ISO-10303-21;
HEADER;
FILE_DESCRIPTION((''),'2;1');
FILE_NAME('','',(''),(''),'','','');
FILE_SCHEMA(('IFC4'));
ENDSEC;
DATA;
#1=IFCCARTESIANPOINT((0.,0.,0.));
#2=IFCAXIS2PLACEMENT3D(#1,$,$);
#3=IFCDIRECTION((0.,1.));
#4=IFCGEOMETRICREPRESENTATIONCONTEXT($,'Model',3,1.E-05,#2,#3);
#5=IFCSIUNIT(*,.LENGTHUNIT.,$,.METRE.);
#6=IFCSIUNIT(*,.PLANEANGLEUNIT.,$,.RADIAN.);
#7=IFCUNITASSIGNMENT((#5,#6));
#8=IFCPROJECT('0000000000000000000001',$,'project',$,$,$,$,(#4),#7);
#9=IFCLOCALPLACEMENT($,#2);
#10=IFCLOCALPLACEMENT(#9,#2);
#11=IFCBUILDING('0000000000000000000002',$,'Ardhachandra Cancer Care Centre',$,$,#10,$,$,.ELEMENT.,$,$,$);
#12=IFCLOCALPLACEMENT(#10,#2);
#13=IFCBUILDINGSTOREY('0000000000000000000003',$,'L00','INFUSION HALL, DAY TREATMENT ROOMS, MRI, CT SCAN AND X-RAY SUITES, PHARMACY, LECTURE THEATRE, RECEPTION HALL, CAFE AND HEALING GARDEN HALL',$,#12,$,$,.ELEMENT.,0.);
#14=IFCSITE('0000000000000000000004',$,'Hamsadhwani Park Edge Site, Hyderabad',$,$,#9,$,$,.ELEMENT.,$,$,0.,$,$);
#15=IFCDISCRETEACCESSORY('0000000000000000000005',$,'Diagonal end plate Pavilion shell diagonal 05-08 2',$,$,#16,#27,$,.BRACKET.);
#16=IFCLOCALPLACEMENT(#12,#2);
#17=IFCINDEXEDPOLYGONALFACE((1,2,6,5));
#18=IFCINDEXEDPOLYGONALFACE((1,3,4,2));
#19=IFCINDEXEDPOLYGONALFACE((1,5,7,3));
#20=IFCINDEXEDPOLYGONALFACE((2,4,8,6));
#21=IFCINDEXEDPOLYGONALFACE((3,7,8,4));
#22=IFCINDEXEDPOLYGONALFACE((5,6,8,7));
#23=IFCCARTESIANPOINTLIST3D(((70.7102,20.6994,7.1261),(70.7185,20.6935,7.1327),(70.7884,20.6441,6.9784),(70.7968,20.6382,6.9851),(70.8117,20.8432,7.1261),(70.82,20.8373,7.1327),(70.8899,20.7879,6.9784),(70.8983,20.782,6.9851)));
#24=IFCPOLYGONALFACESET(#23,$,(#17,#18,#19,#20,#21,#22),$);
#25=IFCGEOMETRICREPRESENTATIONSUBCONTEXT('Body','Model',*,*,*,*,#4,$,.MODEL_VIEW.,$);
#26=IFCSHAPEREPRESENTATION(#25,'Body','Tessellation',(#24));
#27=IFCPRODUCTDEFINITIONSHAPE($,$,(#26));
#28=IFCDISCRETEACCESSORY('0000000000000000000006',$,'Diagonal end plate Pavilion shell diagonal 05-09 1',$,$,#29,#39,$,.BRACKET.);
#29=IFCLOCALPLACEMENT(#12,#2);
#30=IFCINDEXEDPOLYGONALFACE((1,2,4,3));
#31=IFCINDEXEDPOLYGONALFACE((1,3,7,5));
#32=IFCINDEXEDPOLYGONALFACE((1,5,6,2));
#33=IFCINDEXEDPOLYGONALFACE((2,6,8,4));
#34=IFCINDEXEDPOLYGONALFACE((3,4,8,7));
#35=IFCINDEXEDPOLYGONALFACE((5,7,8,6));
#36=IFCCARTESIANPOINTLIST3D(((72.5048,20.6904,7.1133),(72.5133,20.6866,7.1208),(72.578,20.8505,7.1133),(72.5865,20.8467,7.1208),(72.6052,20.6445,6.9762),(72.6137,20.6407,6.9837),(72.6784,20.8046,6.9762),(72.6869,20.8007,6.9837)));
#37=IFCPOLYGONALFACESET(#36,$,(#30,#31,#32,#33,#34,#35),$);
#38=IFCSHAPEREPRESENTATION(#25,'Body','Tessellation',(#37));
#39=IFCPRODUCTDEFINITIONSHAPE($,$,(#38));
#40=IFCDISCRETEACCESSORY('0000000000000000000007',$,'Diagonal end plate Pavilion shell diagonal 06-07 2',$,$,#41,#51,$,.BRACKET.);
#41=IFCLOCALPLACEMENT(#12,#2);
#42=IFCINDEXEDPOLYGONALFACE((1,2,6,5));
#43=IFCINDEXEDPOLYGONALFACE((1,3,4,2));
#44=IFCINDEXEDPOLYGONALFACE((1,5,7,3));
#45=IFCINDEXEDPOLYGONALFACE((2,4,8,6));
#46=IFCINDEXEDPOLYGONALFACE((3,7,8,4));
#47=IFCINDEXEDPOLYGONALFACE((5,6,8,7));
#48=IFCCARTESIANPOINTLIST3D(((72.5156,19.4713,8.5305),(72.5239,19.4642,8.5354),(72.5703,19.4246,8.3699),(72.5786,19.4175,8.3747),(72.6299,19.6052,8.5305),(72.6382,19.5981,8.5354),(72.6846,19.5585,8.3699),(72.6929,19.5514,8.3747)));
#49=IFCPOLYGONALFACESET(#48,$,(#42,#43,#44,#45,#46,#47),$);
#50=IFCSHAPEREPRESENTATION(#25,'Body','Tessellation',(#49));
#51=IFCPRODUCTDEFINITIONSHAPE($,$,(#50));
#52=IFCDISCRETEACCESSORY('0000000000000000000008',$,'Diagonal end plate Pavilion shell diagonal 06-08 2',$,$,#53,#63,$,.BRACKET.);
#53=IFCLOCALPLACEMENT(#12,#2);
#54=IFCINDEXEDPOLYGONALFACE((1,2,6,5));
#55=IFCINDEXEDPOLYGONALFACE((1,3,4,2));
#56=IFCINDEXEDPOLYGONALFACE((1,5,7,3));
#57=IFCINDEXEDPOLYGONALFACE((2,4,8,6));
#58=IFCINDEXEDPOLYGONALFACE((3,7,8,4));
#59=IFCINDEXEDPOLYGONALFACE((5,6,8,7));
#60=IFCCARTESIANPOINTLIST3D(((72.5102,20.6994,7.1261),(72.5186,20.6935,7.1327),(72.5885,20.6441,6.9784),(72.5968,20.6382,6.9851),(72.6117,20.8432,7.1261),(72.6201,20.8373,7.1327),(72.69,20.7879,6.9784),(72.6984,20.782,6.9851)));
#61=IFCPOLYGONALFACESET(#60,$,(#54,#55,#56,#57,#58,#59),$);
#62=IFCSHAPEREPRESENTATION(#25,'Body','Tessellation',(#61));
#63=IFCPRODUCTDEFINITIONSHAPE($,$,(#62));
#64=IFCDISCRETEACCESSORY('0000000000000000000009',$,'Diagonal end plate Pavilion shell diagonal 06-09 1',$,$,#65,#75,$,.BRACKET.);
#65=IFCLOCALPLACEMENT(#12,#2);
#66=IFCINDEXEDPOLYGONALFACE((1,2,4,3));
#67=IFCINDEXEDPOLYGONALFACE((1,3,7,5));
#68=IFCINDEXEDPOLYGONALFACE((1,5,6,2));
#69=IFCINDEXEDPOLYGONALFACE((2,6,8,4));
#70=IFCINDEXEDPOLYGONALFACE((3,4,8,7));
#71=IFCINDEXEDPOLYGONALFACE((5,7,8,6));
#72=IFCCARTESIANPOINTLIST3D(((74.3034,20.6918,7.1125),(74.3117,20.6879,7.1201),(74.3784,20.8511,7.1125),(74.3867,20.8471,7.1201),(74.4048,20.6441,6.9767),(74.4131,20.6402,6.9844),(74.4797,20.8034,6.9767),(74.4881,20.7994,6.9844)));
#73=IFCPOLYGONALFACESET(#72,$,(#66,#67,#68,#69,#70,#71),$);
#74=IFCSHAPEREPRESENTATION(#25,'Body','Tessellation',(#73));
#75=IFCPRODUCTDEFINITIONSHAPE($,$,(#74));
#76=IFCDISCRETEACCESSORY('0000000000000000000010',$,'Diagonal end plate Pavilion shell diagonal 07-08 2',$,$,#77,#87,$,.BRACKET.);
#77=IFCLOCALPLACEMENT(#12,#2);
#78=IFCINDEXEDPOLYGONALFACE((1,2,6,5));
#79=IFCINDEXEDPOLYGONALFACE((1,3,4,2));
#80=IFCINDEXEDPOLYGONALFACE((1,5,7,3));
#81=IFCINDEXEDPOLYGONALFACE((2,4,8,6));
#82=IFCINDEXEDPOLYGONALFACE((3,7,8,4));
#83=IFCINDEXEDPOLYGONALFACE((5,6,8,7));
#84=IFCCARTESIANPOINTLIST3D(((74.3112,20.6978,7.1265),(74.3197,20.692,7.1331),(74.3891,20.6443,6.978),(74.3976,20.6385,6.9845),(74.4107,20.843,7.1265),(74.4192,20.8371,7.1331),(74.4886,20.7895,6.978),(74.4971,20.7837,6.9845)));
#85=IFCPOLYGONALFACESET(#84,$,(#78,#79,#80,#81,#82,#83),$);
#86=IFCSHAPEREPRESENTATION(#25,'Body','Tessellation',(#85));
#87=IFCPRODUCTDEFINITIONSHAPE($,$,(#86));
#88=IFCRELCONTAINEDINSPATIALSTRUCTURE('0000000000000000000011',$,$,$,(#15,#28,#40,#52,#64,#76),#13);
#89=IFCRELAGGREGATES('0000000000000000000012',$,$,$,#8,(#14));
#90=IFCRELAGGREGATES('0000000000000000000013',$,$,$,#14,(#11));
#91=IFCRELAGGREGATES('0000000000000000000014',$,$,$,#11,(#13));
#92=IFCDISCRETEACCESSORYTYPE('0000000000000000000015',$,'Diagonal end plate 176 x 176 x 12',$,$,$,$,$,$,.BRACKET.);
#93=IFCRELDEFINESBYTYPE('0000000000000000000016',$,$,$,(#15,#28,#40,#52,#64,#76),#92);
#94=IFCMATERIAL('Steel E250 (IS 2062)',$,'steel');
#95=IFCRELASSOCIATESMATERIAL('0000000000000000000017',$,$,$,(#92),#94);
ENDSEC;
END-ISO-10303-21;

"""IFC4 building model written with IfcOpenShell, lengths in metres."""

from ifc_helpers import new_model, si_unit, direction, frame, origin, origin_2d, place, context, subcontext, project, spatial, rectangle, extrude, material, material_profile, profile_set, type_object, element, save


model = new_model("IFC4")

# Units and contexts
model_context = context("Model", 3, precision=1e-05, world=origin(), true_north=direction((0.0, 1.0)))
body_context = subcontext(model_context, "Body", "Model", "MODEL_VIEW")
ifc_project = project(units=[si_unit("LENGTHUNIT", "METRE"), si_unit("PLANEANGLEUNIT", "RADIAN")], contexts=[model_context])

# Site, building, storey
site_placement = place(None, origin())
site = spatial("IfcSite", under=ifc_project, at=site_placement, Name="Hamsadhwani Park Edge Site, Hyderabad", CompositionType="ELEMENT", RefElevation=0.0)
building_placement = place(site_placement, origin())
building = spatial("IfcBuilding", under=site, at=building_placement, Name="Ardhachandra Cancer Care Centre", CompositionType="ELEMENT")
storey_placement = place(building_placement, origin())
storey = spatial("IfcBuildingStorey", under=building, at=storey_placement, Name="L00", Description="INFUSION HALL, DAY TREATMENT ROOMS, MRI, CT SCAN AND X-RAY SUITES, PHARMACY, LECTURE THEATRE, RECEPTION HALL, CAFE AND HEALING GARDEN HALL", CompositionType="ELEMENT", Elevation=0.0)

# Discrete accessories
ifc_material_1 = material(Name="Steel E250 (IS 2062)", Category="steel")
ifc_material_profile_1 = material_profile(ifc_material_1, rectangle(XDim=0.176, YDim=0.176, at=origin_2d()), Name="PL 176x176x12")
ifc_profile_set_1 = profile_set([ifc_material_profile_1], Name="Steel E250 (IS 2062)")
discrete_accessory_type = type_object("IfcDiscreteAccessoryType", Name="Diagonal end plate 176 x 176 x 12", PredefinedType="BRACKET", material=ifc_profile_set_1)
for number, where, z_axis, x_axis, name in (
    (1, (70.8, 20.7437, 7.0522), (0.685367, -0.483788, 0.544262), (0.576683, 0.816968, 0.0), "Diagonal end plate Pavilion shell diagonal 05-08 2"),
):
    element("IfcDiscreteAccessory", number, at=place(storey_placement, frame(where, z_axis=z_axis, x_axis=x_axis)), inside=storey, type_object=discrete_accessory_type, Name=name, PredefinedType="BRACKET", context=body_context, shape_type="SweptSolid", body=[
        extrude(rectangle(XDim=0.176, YDim=0.176, at=origin_2d()), origin(), (0.0, 0.0, 1.0), 0.0122),
    ])
for number, where, z_axis, x_axis, name in (
    (2, (72.6001, 20.7437, 7.0522), (-0.708264, 0.323778, -0.62732), (-0.41576, -0.909474, 0.0), "Diagonal end plate Pavilion shell diagonal 05-09 1"),
    (3, (72.6001, 19.5149, 8.4502), (0.694456, -0.59233, 0.408504), (0.648947, 0.760834, 0.0), "Diagonal end plate Pavilion shell diagonal 06-07 2"),
):
    element("IfcDiscreteAccessory", number, at=place(storey_placement, frame(where, z_axis=z_axis, x_axis=x_axis)), inside=storey, type_object=discrete_accessory_type, Name=name, PredefinedType="BRACKET", context=body_context, shape_type="SweptSolid", body=[
        extrude(rectangle(XDim=0.176, YDim=0.176, at=origin_2d()), origin(), (0.0, 0.0, 1.0), 0.012),
    ])
discrete_accessory_1_placement = place(storey_placement, frame((72.6001, 20.7437, 7.0522), z_axis=(0.685367, -0.483788, 0.544262), x_axis=(0.576683, 0.816968, 0.0)))
element("IfcDiscreteAccessory", 4, at=discrete_accessory_1_placement, inside=storey, type_object=discrete_accessory_type, Name="Diagonal end plate Pavilion shell diagonal 06-08 2", PredefinedType="BRACKET", context=body_context, shape_type="SweptSolid", body=[
    extrude(rectangle(XDim=0.176, YDim=0.176, at=origin_2d()), origin(), (0.0, 0.0, 1.0), 0.0122),
])
discrete_accessory_2_placement = place(storey_placement, frame((74.3999, 20.7437, 7.0522), z_axis=(-0.697959, 0.328451, -0.636375), x_axis=(-0.425797, -0.904819, 0.0)))
element("IfcDiscreteAccessory", 5, at=discrete_accessory_2_placement, inside=storey, type_object=discrete_accessory_type, Name="Diagonal end plate Pavilion shell diagonal 06-09 1", PredefinedType="BRACKET", context=body_context, shape_type="SweptSolid", body=[
    extrude(rectangle(XDim=0.176, YDim=0.176, at=origin_2d()), origin(), (0.0, 0.0, 1.0), 0.012),
])
discrete_accessory_3_placement = place(storey_placement, frame((74.3999, 20.7437, 7.0522), z_axis=(0.695837, -0.477146, 0.536789), x_axis=(0.565528, 0.824729, 0.0)))
element("IfcDiscreteAccessory", 6, at=discrete_accessory_3_placement, inside=storey, type_object=discrete_accessory_type, Name="Diagonal end plate Pavilion shell diagonal 07-08 2", PredefinedType="BRACKET", context=body_context, shape_type="SweptSolid", body=[
    extrude(rectangle(XDim=0.176, YDim=0.176, at=origin_2d()), origin(), (0.0, 0.0, 1.0), 0.0122),
])

save(model, "model.ifc")
